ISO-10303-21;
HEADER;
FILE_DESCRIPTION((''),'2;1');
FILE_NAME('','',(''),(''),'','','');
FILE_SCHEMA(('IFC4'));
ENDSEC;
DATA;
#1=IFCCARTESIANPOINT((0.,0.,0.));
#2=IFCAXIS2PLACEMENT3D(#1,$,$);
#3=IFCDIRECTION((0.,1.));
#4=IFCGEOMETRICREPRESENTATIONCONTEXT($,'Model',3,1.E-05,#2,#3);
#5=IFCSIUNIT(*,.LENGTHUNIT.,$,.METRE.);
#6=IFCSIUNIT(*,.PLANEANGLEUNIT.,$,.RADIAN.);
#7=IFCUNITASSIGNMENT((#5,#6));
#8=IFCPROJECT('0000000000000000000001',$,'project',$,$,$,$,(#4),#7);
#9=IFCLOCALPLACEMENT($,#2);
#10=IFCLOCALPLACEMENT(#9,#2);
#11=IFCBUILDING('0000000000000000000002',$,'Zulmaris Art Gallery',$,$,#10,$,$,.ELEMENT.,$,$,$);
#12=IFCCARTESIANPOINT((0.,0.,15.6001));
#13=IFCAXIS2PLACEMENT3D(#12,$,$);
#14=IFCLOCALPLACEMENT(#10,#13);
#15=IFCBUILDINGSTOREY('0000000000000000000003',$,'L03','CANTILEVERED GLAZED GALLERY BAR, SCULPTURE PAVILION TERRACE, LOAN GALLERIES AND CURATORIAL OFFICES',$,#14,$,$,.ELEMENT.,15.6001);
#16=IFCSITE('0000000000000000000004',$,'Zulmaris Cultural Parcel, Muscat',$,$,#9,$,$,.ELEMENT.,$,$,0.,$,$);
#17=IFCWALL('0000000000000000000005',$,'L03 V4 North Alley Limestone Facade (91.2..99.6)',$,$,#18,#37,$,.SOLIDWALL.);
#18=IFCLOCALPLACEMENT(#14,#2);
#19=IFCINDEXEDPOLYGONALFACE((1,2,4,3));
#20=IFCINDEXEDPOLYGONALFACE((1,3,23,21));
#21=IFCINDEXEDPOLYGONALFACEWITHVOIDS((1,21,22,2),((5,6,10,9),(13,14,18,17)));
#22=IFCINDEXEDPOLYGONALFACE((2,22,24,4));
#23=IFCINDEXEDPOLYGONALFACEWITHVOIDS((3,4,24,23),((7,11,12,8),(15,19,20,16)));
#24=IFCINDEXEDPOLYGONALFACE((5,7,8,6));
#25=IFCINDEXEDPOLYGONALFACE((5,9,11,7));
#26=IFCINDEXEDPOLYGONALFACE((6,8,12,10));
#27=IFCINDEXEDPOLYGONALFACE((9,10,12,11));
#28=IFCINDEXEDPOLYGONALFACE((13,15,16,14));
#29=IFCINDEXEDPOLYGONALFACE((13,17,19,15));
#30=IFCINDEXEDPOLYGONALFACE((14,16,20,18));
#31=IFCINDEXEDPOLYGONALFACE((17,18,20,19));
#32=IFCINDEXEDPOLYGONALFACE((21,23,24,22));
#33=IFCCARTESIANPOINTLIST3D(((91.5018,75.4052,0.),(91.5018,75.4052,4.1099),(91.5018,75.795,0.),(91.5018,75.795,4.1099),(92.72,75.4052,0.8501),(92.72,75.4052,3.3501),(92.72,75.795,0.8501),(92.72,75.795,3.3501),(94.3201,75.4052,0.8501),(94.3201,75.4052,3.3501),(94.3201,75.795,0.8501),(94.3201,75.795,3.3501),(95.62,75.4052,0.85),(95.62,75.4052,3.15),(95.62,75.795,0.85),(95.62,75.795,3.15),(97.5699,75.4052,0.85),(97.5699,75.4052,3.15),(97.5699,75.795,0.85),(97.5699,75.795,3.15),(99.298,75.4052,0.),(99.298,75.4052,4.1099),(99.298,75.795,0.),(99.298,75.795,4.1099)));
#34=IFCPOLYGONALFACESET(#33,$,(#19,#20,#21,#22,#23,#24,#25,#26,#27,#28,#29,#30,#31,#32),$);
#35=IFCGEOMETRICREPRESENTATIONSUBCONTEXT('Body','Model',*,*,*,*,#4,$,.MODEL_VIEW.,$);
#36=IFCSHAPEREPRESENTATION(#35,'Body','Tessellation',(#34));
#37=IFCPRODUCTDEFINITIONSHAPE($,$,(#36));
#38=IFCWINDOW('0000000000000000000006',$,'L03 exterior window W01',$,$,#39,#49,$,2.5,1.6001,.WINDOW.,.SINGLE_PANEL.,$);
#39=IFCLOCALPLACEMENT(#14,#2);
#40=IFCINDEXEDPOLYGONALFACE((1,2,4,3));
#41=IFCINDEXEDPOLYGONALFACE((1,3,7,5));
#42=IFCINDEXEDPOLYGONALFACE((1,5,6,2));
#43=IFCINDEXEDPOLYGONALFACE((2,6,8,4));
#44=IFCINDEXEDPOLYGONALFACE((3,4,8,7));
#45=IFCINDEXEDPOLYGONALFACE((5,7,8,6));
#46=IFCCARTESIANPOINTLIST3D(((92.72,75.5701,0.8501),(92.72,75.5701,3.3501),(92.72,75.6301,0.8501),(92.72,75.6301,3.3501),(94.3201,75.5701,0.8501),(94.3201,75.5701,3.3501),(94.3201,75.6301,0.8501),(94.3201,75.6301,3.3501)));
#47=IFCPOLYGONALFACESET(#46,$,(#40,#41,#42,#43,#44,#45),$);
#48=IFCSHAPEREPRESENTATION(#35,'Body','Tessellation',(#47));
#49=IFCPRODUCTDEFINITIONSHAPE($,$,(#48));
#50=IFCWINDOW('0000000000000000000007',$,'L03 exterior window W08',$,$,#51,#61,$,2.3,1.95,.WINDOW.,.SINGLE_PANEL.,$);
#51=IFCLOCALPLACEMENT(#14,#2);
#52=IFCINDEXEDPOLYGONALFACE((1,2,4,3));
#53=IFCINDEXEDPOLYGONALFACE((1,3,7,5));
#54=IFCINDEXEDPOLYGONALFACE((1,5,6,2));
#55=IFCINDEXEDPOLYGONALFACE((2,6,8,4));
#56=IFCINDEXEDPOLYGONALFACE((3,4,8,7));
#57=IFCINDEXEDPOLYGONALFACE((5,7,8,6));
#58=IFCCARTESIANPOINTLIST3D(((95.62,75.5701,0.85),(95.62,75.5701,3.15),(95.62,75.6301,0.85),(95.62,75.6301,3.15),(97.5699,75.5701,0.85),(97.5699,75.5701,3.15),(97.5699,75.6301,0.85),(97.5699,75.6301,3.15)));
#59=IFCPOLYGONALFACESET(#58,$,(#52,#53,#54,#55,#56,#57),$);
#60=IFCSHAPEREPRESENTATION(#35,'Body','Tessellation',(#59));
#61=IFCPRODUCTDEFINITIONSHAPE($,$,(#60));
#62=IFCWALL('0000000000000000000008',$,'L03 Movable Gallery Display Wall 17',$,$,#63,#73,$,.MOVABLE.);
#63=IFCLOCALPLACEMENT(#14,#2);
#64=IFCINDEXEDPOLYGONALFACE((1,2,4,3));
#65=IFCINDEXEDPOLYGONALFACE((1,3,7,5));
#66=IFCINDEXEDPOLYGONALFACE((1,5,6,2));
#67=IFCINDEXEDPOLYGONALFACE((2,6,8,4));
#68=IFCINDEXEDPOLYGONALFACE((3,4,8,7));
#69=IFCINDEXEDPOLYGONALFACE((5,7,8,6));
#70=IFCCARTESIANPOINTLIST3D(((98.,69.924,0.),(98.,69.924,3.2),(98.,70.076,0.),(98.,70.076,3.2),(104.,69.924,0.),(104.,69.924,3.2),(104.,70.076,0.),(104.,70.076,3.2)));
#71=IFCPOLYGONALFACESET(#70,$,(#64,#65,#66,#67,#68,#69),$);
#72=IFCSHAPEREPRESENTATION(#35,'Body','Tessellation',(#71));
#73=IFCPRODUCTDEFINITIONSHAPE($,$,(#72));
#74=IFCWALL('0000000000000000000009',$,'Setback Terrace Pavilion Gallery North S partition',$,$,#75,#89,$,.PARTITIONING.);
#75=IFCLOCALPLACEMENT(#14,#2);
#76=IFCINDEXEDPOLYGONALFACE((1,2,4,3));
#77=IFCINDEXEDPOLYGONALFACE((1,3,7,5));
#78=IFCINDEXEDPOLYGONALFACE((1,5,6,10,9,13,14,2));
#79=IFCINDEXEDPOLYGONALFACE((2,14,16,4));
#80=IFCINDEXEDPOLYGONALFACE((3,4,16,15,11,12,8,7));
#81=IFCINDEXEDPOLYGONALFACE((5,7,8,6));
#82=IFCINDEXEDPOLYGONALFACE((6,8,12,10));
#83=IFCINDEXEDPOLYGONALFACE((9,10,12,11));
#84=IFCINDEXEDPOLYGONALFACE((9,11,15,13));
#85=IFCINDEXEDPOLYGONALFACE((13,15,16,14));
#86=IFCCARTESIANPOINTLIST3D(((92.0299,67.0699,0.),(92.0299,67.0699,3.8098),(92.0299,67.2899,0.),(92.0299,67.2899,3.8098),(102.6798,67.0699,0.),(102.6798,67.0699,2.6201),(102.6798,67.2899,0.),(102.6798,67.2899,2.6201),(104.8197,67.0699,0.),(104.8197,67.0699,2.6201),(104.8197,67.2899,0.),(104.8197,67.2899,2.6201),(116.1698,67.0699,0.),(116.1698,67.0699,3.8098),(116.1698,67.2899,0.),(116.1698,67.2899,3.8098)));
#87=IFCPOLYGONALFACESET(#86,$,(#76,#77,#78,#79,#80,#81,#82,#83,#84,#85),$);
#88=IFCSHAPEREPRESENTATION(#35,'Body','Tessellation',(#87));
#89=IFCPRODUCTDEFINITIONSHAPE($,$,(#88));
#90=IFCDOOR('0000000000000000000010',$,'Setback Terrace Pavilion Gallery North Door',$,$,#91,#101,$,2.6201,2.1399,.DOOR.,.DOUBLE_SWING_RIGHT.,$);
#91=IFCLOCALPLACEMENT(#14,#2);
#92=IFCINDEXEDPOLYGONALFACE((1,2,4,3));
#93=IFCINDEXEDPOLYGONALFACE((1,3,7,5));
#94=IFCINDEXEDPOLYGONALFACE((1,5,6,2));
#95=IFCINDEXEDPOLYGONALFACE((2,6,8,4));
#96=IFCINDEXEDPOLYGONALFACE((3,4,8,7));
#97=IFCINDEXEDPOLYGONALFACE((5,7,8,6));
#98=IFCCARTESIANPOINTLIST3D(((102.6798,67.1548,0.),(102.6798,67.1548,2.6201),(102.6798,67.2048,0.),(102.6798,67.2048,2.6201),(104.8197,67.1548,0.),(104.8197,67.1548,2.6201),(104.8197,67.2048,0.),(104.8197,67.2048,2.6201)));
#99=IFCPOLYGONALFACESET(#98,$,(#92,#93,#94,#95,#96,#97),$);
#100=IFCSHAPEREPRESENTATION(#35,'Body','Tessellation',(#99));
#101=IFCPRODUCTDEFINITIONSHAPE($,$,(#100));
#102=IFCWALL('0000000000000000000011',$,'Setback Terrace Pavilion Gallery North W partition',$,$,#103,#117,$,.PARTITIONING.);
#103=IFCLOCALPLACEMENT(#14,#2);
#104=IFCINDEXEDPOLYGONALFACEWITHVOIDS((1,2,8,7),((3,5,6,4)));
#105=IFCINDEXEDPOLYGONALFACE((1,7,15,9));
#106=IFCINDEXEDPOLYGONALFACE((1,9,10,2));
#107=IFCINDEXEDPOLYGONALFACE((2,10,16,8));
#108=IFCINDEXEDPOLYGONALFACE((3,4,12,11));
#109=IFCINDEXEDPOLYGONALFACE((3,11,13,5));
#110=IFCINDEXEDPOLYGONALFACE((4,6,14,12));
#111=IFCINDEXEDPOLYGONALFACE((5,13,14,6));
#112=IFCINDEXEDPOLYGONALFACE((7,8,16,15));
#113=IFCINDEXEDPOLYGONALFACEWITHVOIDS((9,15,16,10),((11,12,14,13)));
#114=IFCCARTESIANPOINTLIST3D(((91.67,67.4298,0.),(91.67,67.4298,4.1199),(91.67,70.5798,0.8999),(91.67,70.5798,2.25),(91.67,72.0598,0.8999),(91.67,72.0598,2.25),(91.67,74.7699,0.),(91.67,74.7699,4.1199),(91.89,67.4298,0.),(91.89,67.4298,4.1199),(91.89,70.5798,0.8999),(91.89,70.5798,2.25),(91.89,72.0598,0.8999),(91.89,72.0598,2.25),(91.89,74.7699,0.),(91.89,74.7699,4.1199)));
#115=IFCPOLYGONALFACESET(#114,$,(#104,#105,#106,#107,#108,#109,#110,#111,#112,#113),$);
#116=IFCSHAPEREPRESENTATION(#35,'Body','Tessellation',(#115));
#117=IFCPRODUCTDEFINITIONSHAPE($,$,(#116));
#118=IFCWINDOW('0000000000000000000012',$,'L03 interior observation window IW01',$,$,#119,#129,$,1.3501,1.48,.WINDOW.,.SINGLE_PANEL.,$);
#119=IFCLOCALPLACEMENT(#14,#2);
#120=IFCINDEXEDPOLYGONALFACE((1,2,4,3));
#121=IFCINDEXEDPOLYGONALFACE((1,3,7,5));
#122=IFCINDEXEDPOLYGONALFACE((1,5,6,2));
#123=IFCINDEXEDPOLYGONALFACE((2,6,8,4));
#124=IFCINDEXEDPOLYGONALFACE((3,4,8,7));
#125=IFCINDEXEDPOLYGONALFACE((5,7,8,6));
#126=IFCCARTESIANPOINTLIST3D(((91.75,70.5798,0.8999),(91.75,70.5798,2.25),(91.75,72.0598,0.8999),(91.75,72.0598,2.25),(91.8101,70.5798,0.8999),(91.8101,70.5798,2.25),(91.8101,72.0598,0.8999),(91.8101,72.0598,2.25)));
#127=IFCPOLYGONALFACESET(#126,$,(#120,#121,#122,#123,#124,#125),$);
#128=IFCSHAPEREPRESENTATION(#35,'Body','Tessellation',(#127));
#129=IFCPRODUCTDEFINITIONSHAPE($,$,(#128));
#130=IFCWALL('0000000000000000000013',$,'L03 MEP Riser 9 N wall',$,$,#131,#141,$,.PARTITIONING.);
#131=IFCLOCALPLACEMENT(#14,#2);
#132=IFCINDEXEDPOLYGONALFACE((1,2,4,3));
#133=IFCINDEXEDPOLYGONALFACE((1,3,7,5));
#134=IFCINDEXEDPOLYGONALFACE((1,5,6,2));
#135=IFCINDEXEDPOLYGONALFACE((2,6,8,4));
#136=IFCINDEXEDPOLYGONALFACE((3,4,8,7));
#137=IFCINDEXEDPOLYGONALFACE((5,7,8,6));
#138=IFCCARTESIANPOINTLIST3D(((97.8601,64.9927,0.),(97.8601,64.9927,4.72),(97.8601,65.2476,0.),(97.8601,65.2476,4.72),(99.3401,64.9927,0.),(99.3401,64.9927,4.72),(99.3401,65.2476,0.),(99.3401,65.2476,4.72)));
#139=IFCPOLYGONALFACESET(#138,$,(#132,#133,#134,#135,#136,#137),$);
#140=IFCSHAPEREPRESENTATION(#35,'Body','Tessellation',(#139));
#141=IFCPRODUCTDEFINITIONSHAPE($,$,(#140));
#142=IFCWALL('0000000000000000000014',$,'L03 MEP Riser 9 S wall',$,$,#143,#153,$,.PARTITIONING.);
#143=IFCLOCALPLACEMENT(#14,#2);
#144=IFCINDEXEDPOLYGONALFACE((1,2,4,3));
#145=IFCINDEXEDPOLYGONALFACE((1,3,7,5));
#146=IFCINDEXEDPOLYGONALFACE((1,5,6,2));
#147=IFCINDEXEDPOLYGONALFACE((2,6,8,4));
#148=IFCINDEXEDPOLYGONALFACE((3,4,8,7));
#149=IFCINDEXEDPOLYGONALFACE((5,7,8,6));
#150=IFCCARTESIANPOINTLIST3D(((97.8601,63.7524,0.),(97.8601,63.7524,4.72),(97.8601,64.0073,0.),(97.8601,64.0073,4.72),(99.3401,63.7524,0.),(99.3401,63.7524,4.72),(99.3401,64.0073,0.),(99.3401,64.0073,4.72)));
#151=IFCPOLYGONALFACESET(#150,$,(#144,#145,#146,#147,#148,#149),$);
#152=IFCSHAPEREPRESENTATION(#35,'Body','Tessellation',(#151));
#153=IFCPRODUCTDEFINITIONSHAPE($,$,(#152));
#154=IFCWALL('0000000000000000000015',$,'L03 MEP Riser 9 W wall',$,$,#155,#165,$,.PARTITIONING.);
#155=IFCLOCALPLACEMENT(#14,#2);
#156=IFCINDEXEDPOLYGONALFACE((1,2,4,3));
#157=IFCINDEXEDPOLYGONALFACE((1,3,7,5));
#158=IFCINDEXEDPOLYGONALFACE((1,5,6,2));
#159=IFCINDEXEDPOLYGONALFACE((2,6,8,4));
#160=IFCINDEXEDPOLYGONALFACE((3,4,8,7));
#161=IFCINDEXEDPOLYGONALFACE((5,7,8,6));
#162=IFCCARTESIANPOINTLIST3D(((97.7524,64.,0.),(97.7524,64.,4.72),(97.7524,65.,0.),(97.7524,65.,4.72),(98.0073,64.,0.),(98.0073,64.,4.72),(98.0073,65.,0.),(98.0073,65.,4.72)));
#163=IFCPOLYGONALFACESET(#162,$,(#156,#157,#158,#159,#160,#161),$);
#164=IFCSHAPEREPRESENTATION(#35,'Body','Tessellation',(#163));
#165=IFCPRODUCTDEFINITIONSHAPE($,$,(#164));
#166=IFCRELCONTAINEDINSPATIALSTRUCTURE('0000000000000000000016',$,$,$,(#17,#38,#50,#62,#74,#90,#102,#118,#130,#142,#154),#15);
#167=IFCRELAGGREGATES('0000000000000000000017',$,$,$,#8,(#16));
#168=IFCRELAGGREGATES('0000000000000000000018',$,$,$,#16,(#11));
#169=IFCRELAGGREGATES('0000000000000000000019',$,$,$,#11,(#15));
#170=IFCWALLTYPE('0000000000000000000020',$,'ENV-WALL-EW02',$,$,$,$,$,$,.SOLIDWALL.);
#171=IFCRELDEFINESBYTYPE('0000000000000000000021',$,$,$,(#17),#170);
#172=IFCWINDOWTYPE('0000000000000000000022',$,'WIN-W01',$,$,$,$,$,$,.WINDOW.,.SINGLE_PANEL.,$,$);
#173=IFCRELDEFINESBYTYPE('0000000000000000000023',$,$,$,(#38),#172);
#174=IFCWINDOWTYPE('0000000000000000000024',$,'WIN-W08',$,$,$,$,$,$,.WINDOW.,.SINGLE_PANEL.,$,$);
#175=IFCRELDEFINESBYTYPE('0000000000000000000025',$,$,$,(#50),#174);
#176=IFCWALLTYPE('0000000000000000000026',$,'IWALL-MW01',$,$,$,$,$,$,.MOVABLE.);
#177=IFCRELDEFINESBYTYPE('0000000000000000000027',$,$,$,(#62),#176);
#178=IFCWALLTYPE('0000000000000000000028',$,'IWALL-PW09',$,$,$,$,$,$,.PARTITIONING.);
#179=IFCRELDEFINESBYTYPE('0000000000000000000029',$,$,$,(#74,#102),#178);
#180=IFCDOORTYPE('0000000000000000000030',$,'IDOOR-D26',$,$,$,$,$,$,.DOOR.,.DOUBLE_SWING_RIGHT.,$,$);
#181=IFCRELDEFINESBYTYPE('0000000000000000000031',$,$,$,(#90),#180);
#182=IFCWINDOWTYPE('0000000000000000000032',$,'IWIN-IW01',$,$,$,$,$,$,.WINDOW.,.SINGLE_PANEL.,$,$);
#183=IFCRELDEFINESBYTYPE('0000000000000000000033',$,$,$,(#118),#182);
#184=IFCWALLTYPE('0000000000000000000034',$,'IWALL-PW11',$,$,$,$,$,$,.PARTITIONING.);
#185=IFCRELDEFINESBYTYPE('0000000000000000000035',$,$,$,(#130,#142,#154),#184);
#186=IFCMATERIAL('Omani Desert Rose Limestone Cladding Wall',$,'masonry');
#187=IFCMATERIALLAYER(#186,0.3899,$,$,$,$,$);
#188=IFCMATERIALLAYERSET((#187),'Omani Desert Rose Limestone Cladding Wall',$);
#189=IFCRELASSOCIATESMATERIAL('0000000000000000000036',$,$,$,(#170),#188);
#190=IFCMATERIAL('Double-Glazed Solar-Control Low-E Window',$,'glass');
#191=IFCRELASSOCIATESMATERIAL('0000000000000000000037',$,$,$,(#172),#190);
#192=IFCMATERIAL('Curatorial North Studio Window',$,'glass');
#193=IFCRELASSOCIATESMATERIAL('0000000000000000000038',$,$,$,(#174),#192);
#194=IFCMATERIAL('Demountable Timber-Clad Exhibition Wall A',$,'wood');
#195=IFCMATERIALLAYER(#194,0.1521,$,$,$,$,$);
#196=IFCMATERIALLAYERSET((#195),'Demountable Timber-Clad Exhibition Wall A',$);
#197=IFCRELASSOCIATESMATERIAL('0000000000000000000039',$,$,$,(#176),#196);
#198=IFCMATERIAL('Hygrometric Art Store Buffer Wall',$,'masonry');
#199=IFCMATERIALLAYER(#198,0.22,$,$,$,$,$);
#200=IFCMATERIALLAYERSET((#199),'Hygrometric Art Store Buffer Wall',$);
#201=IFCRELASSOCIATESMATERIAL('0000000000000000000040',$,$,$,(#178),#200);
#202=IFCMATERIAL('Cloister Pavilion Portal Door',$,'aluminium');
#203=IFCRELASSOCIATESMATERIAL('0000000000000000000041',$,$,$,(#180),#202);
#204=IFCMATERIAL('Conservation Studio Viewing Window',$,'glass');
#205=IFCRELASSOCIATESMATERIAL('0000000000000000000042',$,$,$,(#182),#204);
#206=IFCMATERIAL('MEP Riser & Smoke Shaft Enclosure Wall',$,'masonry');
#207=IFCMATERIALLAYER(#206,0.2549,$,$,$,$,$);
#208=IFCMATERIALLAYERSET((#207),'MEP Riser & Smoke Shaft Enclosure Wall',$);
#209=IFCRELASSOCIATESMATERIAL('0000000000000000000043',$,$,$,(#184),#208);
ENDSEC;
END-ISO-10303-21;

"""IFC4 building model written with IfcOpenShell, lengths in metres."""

from ifc_helpers import new_model, si_unit, direction, frame, frame_2d, origin, place, context, subcontext, project, spatial, rectangle, extrude, material, layer, layer_set, type_object, element, fill, save


model = new_model("IFC4")

# Units and contexts
model_context = context("Model", 3, precision=1e-05, world=origin(), true_north=direction((0.0, 1.0)))
body_context = subcontext(model_context, "Body", "Model", "MODEL_VIEW")
ifc_project = project(units=[si_unit("LENGTHUNIT", "METRE"), si_unit("PLANEANGLEUNIT", "RADIAN")], contexts=[model_context])

# Site, building, storey
site_placement = place(None, origin())
site = spatial("IfcSite", under=ifc_project, at=site_placement, Name="Zulmaris Cultural Parcel, Muscat", CompositionType="ELEMENT", RefElevation=0.0)
building_placement = place(site_placement, origin())
building = spatial("IfcBuilding", under=site, at=building_placement, Name="Zulmaris Art Gallery", CompositionType="ELEMENT")
storey_placement = place(building_placement, frame((0.0, 0.0, 15.6001)))
storey = spatial("IfcBuildingStorey", under=building, at=storey_placement, Name="L03", Description="CANTILEVERED GLAZED GALLERY BAR, SCULPTURE PAVILION TERRACE, LOAN GALLERIES AND CURATORIAL OFFICES", CompositionType="ELEMENT", Elevation=15.6001)

# Wall, openings, windows
ifc_material_1 = material(Name="Omani Desert Rose Limestone Cladding Wall", Category="masonry")
ifc_layer_1 = layer(ifc_material_1, 0.3899)
ifc_layer_set_1 = layer_set([ifc_layer_1], Name="Omani Desert Rose Limestone Cladding Wall")
wall_type_1 = type_object("IfcWallType", Name="ENV-WALL-EW02", PredefinedType="SOLIDWALL", material=ifc_layer_set_1)
wall_1_placement = place(storey_placement, frame((91.502, 75.6001, 0.0), z_axis=(0.0, 0.0, 1.0), x_axis=(1.0, 0.0, 0.0)))
wall_1 = element("IfcWall", 1, at=wall_1_placement, inside=storey, type_object=wall_type_1, Name="L03 V4 North Alley Limestone Facade (91.2..99.6)", PredefinedType="SOLIDWALL", context=body_context, shape_type="SweptSolid", body=[
    extrude(rectangle(XDim=7.7961, YDim=0.3899, at=frame_2d((3.8979, 0.0))), origin(), (0.0, 0.0, 1.0), 4.1099),
])
opening_1_placement = place(wall_1_placement, frame((1.218, 0.0, 0.8501)))
opening_1 = element("IfcOpeningElement", 2, at=opening_1_placement, cuts=wall_1, PredefinedType="OPENING", context=body_context, shape_type="SweptSolid", body=[
    extrude(rectangle(XDim=1.6001, YDim=2.5, at=frame_2d((0.8, 1.25))), frame((0.0, 0.2048, 0.0), z_axis=(0.0, -1.0, 0.0), x_axis=(1.0, 0.0, 0.0)), (0.0, 0.0, 1.0), 0.4099),
])
opening_2_placement = place(wall_1_placement, frame((4.1179, 0.0, 0.8501)))
opening_2 = element("IfcOpeningElement", 3, at=opening_2_placement, cuts=wall_1, PredefinedType="OPENING", context=body_context, shape_type="SweptSolid", body=[
    extrude(rectangle(XDim=1.95, YDim=2.3, at=frame_2d((0.9751, 1.1499))), frame((0.0, 0.2048, 0.0), z_axis=(0.0, -1.0, 0.0), x_axis=(1.0, 0.0, 0.0)), (0.0, 0.0, 1.0), 0.4099),
])
ifc_material_2 = material(Name="Double-Glazed Solar-Control Low-E Window", Category="glass")
window_type_1 = type_object("IfcWindowType", Name="WIN-W01", PartitioningType="SINGLE_PANEL", PredefinedType="WINDOW", material=ifc_material_2)
window_1_placement = place(opening_1_placement, origin())
window_1 = element("IfcWindow", 4, at=window_1_placement, inside=storey, type_object=window_type_1, Name="L03 exterior window W01", OverallHeight=2.5, OverallWidth=1.6001, PartitioningType="SINGLE_PANEL", PredefinedType="WINDOW", context=body_context, shape_type="SweptSolid", body=[
    extrude(rectangle(XDim=1.6001, YDim=2.5, at=frame_2d((0.8, 1.25))), frame((0.0, 0.03, 0.0), z_axis=(0.0, -1.0, 0.0), x_axis=(1.0, 0.0, 0.0)), (0.0, 0.0, 1.0), 0.0601),
])
fill(opening_1, window_1)
ifc_material_3 = material(Name="Curatorial North Studio Window", Category="glass")
window_type_2 = type_object("IfcWindowType", Name="WIN-W08", PartitioningType="SINGLE_PANEL", PredefinedType="WINDOW", material=ifc_material_3)
window_2_placement = place(opening_2_placement, origin())
window_2 = element("IfcWindow", 5, at=window_2_placement, inside=storey, type_object=window_type_2, Name="L03 exterior window W08", OverallHeight=2.3, OverallWidth=1.95, PartitioningType="SINGLE_PANEL", PredefinedType="WINDOW", context=body_context, shape_type="SweptSolid", body=[
    extrude(rectangle(XDim=1.95, YDim=2.3, at=frame_2d((0.9751, 1.1499))), frame((0.0, 0.03, 0.0), z_axis=(0.0, -1.0, 0.0), x_axis=(1.0, 0.0, 0.0)), (0.0, 0.0, 1.0), 0.0601),
])
fill(opening_2, window_2)

# Wall
ifc_material_4 = material(Name="Demountable Timber-Clad Exhibition Wall A", Category="wood")
ifc_layer_2 = layer(ifc_material_4, 0.1521)
ifc_layer_set_2 = layer_set([ifc_layer_2], Name="Demountable Timber-Clad Exhibition Wall A")
wall_type_2 = type_object("IfcWallType", Name="IWALL-MW01", PredefinedType="MOVABLE", material=ifc_layer_set_2)
wall_2_placement = place(storey_placement, frame((98.0, 70.0, 0.0), z_axis=(0.0, 0.0, 1.0), x_axis=(1.0, 0.0, 0.0)))
element("IfcWall", 6, at=wall_2_placement, inside=storey, type_object=wall_type_2, Name="L03 Movable Gallery Display Wall 17", PredefinedType="MOVABLE", context=body_context, shape_type="SweptSolid", body=[
    extrude(rectangle(XDim=6.0, YDim=0.1521, at=frame_2d((3.0, 0.0))), origin(), (0.0, 0.0, 1.0), 3.2),
])

# Wall, opening, door
ifc_material_5 = material(Name="Hygrometric Art Store Buffer Wall", Category="masonry")
ifc_layer_3 = layer(ifc_material_5, 0.22)
ifc_layer_set_3 = layer_set([ifc_layer_3], Name="Hygrometric Art Store Buffer Wall")
wall_type_3 = type_object("IfcWallType", Name="IWALL-PW09", PredefinedType="PARTITIONING", material=ifc_layer_set_3)
wall_3_placement = place(storey_placement, frame((92.03, 67.1799, 0.0), z_axis=(0.0, 0.0, 1.0), x_axis=(1.0, 0.0, 0.0)))
wall_3 = element("IfcWall", 7, at=wall_3_placement, inside=storey, type_object=wall_type_3, Name="Setback Terrace Pavilion Gallery North S partition", PredefinedType="PARTITIONING", context=body_context, shape_type="SweptSolid", body=[
    extrude(rectangle(XDim=24.1399, YDim=0.22, at=frame_2d((12.0698, 0.0))), origin(), (0.0, 0.0, 1.0), 3.8098),
])
opening_3_placement = place(wall_3_placement, frame((10.6499, 0.0, 0.0)))
opening_3 = element("IfcOpeningElement", 8, at=opening_3_placement, cuts=wall_3, PredefinedType="OPENING", context=body_context, shape_type="SweptSolid", body=[
    extrude(rectangle(XDim=2.1399, YDim=2.6201, at=frame_2d((1.0698, 1.3101))), frame((0.0, 0.1199, 0.0), z_axis=(0.0, -1.0, 0.0), x_axis=(1.0, 0.0, 0.0)), (0.0, 0.0, 1.0), 0.24),
])
ifc_material_6 = material(Name="Cloister Pavilion Portal Door", Category="aluminium")
door_type = type_object("IfcDoorType", Name="IDOOR-D26", OperationType="DOUBLE_SWING_RIGHT", PredefinedType="DOOR", material=ifc_material_6)
door_placement = place(opening_3_placement, origin())
door = element("IfcDoor", 9, at=door_placement, inside=storey, type_object=door_type, Name="Setback Terrace Pavilion Gallery North Door", OperationType="DOUBLE_SWING_RIGHT", OverallHeight=2.6201, OverallWidth=2.1399, PredefinedType="DOOR", context=body_context, shape_type="SweptSolid", body=[
    extrude(rectangle(XDim=2.1399, YDim=2.6201, at=frame_2d((1.0698, 1.3101))), frame((0.0, 0.0249, 0.0), z_axis=(0.0, -1.0, 0.0), x_axis=(1.0, 0.0, 0.0)), (0.0, 0.0, 1.0), 0.05),
])
fill(opening_3, door)

# Wall, opening, window
wall_4_placement = place(storey_placement, frame((91.78, 67.4299, 0.0), z_axis=(0.0, 0.0, 1.0), x_axis=(0.0, 1.0, 0.0)))
wall_4 = element("IfcWall", 10, at=wall_4_placement, inside=storey, type_object=wall_type_3, Name="Setback Terrace Pavilion Gallery North W partition", PredefinedType="PARTITIONING", context=body_context, shape_type="SweptSolid", body=[
    extrude(rectangle(XDim=7.3401, YDim=0.22, at=frame_2d((3.6699, 0.0))), origin(), (0.0, 0.0, 1.0), 4.1199),
])
opening_4_placement = place(wall_4_placement, frame((3.1499, 0.0, 0.8999)))
opening_4 = element("IfcOpeningElement", 11, at=opening_4_placement, cuts=wall_4, PredefinedType="OPENING", context=body_context, shape_type="SweptSolid", body=[
    extrude(rectangle(XDim=1.48, YDim=1.3501, at=frame_2d((0.74, 0.675))), frame((0.0, 0.1199, 0.0), z_axis=(0.0, -1.0, 0.0), x_axis=(1.0, 0.0, 0.0)), (0.0, 0.0, 1.0), 0.24),
])
ifc_material_7 = material(Name="Conservation Studio Viewing Window", Category="glass")
window_type_3 = type_object("IfcWindowType", Name="IWIN-IW01", PartitioningType="SINGLE_PANEL", PredefinedType="WINDOW", material=ifc_material_7)
window_3_placement = place(opening_4_placement, origin())
window_3 = element("IfcWindow", 12, at=window_3_placement, inside=storey, type_object=window_type_3, Name="L03 interior observation window IW01", OverallHeight=1.3501, OverallWidth=1.48, PartitioningType="SINGLE_PANEL", PredefinedType="WINDOW", context=body_context, shape_type="SweptSolid", body=[
    extrude(rectangle(XDim=1.48, YDim=1.3501, at=frame_2d((0.74, 0.675))), frame((0.0, 0.03, 0.0), z_axis=(0.0, -1.0, 0.0), x_axis=(1.0, 0.0, 0.0)), (0.0, 0.0, 1.0), 0.0601),
])
fill(opening_4, window_3)

# Walls
ifc_material_8 = material(Name="MEP Riser & Smoke Shaft Enclosure Wall", Category="masonry")
ifc_layer_4 = layer(ifc_material_8, 0.2549)
ifc_layer_set_4 = layer_set([ifc_layer_4], Name="MEP Riser & Smoke Shaft Enclosure Wall")
wall_type_4 = type_object("IfcWallType", Name="IWALL-PW11", PredefinedType="PARTITIONING", material=ifc_layer_set_4)
for number, where, z_axis, x_axis, name in (
    (13, (97.8601, 65.1201, 0.0), (0.0, 0.0, 1.0), (1.0, 0.0, 0.0), "L03 MEP Riser 9 N wall"),
    (14, (97.8601, 63.8799, 0.0), (0.0, 0.0, 1.0), (1.0, 0.0, 0.0), "L03 MEP Riser 9 S wall"),
):
    element("IfcWall", number, at=place(storey_placement, frame(where, z_axis=z_axis, x_axis=x_axis)), inside=storey, type_object=wall_type_4, Name=name, PredefinedType="PARTITIONING", context=body_context, shape_type="SweptSolid", body=[
        extrude(rectangle(XDim=1.48, YDim=0.2549, at=frame_2d((0.74, 0.0))), origin(), (0.0, 0.0, 1.0), 4.72),
    ])
for number, where, z_axis, x_axis, name in (
    (15, (97.8799, 64.0, 0.0), (0.0, 0.0, 1.0), (0.0, 1.0, 0.0), "L03 MEP Riser 9 W wall"),
):
    element("IfcWall", number, at=place(storey_placement, frame(where, z_axis=z_axis, x_axis=x_axis)), inside=storey, type_object=wall_type_4, Name=name, PredefinedType="PARTITIONING", context=body_context, shape_type="SweptSolid", body=[
        extrude(rectangle(XDim=1.0, YDim=0.2549, at=frame_2d((0.5, 0.0))), origin(), (0.0, 0.0, 1.0), 4.72),
    ])

save(model, "model.ifc")
